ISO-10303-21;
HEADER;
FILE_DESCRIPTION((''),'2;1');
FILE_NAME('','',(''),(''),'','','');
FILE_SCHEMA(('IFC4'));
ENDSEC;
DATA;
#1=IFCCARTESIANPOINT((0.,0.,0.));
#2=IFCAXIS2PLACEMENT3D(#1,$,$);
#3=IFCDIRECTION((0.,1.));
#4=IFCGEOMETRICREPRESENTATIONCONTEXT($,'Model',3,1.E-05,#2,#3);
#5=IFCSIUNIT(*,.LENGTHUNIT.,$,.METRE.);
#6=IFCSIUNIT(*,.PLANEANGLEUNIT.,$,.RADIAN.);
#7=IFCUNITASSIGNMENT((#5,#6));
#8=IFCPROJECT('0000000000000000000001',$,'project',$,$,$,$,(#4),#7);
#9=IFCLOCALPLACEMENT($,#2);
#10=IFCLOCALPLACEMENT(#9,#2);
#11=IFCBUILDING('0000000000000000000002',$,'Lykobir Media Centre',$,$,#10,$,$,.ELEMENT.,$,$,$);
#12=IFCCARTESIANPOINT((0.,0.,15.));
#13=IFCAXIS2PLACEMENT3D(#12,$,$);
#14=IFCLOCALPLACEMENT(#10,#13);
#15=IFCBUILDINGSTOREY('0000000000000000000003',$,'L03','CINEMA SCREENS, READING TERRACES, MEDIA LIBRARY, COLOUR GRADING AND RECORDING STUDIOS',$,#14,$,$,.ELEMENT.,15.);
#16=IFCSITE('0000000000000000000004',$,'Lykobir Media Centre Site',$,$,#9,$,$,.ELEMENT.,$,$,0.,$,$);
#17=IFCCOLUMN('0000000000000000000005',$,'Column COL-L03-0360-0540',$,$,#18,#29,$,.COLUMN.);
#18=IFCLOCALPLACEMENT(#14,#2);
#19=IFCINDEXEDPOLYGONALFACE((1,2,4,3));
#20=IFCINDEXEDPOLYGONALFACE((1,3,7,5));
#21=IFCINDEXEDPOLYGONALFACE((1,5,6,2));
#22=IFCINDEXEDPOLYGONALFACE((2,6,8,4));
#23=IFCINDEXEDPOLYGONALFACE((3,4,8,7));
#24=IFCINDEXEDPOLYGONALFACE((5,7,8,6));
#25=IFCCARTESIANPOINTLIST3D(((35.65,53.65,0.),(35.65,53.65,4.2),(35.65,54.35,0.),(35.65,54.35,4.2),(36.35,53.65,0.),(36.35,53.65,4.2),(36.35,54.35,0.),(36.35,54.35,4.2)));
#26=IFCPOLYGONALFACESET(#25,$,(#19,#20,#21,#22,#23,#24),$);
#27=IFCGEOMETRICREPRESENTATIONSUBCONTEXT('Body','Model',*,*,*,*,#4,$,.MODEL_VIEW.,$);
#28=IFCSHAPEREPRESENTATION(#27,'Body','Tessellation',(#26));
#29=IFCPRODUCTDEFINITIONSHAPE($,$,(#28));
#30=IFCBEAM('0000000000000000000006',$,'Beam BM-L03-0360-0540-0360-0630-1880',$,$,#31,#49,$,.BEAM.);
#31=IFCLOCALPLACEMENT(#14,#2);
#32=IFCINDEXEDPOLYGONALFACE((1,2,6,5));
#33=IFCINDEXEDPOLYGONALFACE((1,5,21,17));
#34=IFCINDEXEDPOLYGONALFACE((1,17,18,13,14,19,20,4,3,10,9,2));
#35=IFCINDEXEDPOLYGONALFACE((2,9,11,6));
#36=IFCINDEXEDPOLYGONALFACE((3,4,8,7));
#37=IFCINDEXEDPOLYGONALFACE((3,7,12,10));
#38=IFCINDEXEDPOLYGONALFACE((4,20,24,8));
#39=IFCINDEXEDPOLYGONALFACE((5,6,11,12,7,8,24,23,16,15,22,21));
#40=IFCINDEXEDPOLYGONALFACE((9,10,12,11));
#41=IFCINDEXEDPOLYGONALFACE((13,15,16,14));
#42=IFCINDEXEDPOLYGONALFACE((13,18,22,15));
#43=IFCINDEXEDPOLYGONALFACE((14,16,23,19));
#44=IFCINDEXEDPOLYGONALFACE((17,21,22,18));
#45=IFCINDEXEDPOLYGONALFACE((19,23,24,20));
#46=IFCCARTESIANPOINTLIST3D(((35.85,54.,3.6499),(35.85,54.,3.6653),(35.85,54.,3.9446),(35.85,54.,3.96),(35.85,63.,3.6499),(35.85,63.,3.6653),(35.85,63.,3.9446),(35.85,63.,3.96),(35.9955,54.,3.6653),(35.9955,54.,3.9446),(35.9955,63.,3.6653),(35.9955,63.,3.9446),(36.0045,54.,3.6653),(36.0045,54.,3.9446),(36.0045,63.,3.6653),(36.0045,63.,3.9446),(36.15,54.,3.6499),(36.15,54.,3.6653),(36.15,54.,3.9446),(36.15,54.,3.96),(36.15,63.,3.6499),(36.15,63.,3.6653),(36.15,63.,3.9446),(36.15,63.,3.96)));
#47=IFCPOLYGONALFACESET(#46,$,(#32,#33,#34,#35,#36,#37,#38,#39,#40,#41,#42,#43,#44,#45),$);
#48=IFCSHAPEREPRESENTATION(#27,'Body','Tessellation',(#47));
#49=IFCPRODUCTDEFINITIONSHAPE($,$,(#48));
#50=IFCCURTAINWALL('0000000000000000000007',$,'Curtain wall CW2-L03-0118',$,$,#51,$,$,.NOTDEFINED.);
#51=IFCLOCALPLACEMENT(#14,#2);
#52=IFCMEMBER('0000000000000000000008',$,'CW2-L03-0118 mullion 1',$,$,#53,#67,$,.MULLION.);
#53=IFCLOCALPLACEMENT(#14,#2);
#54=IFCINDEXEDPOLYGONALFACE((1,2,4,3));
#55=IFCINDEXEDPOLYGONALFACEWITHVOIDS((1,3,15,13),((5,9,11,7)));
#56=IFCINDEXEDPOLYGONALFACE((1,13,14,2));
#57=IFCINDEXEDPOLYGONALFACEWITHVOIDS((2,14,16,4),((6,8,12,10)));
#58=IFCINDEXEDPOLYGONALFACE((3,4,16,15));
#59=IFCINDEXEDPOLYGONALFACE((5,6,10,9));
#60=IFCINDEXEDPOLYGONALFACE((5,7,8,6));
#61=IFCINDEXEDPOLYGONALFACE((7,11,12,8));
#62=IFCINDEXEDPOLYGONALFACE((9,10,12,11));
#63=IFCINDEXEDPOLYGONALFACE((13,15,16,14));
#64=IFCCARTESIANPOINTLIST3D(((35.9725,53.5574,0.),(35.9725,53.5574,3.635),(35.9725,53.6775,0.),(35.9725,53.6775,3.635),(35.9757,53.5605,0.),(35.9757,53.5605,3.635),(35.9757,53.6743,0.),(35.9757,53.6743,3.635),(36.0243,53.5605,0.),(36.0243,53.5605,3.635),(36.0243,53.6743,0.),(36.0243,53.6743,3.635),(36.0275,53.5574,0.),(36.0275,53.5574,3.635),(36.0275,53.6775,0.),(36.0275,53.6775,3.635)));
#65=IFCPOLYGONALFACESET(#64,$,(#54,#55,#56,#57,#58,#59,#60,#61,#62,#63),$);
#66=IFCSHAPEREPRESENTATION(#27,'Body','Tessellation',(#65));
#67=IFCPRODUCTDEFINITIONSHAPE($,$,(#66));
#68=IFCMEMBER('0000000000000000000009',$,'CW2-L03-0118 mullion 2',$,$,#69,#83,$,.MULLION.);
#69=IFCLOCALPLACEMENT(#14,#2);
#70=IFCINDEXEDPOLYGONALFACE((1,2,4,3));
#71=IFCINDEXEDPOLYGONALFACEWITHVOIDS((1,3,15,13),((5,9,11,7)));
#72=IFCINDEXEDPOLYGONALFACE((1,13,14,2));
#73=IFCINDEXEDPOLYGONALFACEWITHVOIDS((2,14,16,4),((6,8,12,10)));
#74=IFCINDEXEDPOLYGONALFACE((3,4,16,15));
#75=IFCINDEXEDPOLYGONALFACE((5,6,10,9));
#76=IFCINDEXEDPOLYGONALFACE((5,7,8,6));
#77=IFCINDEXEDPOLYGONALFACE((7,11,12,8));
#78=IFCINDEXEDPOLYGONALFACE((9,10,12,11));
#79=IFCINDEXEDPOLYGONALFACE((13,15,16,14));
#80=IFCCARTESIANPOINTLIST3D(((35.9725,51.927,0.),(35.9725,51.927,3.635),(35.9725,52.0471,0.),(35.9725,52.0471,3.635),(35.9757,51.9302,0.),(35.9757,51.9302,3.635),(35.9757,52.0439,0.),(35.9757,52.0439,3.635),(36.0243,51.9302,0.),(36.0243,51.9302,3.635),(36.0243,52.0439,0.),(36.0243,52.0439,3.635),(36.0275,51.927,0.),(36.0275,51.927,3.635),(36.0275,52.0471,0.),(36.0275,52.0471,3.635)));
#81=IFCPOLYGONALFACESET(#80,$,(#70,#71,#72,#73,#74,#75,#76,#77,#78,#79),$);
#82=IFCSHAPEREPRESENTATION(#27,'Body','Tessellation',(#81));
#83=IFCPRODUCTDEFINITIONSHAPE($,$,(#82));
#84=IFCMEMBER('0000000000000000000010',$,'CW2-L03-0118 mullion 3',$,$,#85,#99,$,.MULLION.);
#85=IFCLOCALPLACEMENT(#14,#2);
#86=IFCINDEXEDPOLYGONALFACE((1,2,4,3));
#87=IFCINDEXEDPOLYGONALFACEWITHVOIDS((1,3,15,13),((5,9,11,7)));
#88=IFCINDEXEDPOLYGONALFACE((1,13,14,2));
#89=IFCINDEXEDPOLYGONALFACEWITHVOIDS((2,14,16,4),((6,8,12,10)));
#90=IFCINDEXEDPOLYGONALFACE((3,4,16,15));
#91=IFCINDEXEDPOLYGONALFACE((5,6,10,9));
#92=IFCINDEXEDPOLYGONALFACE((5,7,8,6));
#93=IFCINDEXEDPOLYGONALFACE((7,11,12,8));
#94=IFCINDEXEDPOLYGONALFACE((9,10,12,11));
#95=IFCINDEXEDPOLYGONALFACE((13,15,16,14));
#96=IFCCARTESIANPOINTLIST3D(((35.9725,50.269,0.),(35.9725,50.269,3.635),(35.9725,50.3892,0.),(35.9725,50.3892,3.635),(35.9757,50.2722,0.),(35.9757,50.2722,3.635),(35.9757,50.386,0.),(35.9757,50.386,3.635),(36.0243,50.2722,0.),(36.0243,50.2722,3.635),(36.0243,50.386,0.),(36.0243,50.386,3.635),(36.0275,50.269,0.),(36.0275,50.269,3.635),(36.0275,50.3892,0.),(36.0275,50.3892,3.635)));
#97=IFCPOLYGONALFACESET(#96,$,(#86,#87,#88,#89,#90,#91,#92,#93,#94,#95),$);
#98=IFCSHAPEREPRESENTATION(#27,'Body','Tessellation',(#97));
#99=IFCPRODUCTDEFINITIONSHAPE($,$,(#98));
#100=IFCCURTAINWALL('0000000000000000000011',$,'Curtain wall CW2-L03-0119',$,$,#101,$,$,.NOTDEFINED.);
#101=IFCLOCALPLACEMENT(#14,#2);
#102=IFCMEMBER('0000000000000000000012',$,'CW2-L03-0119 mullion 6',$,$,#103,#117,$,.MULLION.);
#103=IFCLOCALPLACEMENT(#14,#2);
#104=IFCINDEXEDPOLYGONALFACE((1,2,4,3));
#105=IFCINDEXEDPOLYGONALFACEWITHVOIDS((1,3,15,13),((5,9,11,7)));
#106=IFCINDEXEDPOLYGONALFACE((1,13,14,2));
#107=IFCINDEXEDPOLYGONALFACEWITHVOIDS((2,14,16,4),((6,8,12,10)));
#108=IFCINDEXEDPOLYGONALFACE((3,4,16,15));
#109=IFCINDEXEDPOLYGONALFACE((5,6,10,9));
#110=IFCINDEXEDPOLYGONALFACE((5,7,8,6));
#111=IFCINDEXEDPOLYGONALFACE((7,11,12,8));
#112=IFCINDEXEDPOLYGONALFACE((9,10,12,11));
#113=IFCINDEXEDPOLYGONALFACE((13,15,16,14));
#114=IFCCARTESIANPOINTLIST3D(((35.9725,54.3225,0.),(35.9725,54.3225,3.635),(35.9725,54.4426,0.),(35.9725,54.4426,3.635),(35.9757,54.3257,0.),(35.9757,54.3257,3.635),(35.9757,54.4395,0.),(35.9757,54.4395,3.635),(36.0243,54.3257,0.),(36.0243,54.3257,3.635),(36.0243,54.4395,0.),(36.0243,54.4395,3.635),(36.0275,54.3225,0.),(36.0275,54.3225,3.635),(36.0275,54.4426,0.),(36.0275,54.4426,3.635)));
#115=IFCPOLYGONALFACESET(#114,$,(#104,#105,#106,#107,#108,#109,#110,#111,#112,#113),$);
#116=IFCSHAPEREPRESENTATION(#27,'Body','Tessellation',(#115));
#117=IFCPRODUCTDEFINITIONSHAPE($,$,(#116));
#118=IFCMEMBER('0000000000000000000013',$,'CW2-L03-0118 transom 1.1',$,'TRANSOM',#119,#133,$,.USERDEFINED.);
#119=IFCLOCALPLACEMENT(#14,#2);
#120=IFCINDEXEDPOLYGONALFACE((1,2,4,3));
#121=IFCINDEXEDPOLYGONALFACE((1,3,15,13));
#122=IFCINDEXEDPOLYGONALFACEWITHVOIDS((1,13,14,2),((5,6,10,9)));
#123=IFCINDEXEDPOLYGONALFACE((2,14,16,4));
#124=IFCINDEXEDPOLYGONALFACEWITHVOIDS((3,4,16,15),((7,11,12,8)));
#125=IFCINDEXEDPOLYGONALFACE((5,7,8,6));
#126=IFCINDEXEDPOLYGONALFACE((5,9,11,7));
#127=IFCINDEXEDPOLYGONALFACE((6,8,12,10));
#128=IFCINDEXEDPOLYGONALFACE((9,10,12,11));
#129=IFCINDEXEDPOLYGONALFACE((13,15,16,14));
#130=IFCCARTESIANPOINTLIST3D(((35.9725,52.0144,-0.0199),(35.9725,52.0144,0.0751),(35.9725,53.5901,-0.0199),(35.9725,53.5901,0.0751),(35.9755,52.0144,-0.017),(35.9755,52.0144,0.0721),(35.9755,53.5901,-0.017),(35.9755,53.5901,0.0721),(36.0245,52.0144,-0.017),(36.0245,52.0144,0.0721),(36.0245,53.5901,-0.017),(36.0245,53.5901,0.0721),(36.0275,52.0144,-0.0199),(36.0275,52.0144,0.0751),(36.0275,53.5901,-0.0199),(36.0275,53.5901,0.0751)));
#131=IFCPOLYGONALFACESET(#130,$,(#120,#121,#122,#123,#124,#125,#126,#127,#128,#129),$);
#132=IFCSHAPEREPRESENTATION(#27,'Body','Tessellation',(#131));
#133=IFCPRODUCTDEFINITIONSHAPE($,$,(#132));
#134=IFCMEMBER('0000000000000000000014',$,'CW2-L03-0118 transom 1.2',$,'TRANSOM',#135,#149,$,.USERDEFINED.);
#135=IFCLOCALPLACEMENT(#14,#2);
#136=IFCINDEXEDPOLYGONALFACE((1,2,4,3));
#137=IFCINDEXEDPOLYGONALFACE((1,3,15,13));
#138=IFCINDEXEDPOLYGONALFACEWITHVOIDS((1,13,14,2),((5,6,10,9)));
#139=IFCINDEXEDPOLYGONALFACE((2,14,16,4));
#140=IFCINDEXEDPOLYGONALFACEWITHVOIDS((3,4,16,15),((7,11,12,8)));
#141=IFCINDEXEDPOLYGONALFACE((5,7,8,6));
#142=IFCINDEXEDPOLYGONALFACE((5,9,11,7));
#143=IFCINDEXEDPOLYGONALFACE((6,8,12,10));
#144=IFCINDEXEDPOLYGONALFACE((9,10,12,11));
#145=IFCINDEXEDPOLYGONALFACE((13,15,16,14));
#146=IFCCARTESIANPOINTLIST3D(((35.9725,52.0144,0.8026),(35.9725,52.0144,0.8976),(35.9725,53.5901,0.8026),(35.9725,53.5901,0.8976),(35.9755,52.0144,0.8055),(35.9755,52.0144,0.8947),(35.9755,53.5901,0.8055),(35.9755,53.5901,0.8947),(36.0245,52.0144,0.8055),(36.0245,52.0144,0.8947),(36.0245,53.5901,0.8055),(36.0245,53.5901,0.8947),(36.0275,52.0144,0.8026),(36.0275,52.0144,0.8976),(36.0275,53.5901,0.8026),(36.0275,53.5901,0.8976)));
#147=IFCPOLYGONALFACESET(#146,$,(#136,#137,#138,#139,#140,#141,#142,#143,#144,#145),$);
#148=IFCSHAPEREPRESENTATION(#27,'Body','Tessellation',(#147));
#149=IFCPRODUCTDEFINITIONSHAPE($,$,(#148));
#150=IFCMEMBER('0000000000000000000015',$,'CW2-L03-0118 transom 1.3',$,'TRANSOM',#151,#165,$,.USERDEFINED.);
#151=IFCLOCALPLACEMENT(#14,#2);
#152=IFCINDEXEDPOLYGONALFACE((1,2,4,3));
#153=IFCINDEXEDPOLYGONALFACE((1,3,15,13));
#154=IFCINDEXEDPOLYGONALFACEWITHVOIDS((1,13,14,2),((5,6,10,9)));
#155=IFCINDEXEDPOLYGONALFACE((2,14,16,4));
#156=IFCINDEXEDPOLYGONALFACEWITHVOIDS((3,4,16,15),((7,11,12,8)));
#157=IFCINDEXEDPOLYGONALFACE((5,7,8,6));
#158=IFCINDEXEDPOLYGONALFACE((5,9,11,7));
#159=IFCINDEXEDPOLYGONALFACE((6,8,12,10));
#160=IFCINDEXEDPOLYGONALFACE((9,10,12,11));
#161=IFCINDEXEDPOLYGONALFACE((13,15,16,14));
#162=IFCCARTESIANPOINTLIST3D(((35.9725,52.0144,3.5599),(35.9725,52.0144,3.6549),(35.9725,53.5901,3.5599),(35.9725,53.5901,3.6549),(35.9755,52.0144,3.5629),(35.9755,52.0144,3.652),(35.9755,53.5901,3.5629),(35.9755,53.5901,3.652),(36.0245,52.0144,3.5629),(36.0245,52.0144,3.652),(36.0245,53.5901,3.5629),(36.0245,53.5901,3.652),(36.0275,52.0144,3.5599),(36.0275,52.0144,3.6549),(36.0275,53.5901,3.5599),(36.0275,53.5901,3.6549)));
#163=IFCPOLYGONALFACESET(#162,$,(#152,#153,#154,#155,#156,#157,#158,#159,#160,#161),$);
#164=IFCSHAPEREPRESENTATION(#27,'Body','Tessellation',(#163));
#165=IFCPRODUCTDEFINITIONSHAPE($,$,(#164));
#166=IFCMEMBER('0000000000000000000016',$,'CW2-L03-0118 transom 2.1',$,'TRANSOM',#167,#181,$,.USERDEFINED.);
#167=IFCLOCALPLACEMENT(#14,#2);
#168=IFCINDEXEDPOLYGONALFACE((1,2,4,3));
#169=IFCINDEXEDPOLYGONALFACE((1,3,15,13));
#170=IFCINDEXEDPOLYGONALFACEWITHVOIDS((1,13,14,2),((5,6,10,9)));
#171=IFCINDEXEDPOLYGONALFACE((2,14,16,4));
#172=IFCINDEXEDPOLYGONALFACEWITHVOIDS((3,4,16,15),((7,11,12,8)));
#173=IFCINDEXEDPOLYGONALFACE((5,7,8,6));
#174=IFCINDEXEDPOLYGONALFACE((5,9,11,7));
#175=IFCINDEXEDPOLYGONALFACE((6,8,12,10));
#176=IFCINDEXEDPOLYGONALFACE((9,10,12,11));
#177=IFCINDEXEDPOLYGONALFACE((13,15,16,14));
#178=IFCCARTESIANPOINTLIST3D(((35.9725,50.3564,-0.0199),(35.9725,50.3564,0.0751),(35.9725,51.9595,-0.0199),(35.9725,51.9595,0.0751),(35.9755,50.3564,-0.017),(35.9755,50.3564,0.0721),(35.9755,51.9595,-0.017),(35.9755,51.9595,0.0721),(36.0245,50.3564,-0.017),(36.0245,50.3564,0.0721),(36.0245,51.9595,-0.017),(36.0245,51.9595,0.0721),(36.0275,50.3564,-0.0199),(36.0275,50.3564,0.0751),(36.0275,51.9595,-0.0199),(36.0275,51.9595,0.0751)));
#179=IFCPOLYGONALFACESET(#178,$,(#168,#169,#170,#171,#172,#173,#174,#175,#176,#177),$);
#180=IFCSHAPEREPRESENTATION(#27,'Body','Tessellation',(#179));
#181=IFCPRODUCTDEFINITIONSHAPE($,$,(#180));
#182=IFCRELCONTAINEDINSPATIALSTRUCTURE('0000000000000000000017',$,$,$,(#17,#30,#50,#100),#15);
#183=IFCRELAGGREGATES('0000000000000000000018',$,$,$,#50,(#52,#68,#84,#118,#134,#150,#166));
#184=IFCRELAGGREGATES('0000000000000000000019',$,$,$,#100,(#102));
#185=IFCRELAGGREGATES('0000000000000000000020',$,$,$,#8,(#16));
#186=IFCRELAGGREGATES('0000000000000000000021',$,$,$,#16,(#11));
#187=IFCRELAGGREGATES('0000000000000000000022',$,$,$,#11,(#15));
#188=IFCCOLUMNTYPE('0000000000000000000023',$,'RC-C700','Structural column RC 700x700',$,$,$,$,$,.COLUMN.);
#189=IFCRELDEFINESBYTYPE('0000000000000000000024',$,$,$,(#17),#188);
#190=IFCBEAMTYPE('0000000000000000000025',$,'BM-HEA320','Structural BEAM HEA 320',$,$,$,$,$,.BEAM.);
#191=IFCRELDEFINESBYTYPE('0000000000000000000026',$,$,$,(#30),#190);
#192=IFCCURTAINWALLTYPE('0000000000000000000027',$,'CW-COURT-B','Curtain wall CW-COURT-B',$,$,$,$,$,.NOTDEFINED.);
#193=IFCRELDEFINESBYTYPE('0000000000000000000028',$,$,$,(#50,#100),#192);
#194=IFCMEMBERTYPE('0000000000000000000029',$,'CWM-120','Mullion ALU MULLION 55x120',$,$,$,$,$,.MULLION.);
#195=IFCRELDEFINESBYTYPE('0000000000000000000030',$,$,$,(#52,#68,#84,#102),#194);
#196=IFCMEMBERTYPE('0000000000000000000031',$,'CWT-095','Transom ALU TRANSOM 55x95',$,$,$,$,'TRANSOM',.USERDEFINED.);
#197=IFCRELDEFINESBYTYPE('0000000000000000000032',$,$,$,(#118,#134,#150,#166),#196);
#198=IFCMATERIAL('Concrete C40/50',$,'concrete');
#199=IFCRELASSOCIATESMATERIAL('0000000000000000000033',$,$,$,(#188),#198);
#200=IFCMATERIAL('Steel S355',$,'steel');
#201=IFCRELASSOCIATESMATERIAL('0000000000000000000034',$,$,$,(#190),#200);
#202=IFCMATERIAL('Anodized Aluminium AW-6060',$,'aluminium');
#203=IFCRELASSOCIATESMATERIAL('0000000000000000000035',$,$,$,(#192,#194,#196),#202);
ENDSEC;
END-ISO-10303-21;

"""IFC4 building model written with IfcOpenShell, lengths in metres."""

from ifc_helpers import new_model, si_unit, direction, frame, origin, origin_2d, place, context, subcontext, project, spatial, rectangle, hollow_rectangle, i_section, extrude, material, material_profile, profile_set, type_object, element, aggregate, save


model = new_model("IFC4")

# Units and contexts
model_context = context("Model", 3, precision=1e-05, world=origin(), true_north=direction((0.0, 1.0)))
body_context = subcontext(model_context, "Body", "Model", "MODEL_VIEW")
ifc_project = project(units=[si_unit("LENGTHUNIT", "METRE"), si_unit("PLANEANGLEUNIT", "RADIAN")], contexts=[model_context])

# Site, building, storey
site_placement = place(None, origin())
site = spatial("IfcSite", under=ifc_project, at=site_placement, Name="Lykobir Media Centre Site", CompositionType="ELEMENT", RefElevation=0.0)
building_placement = place(site_placement, origin())
building = spatial("IfcBuilding", under=site, at=building_placement, Name="Lykobir Media Centre", CompositionType="ELEMENT")
storey_placement = place(building_placement, frame((0.0, 0.0, 15.0)))
storey = spatial("IfcBuildingStorey", under=building, at=storey_placement, Name="L03", Description="CINEMA SCREENS, READING TERRACES, MEDIA LIBRARY, COLOUR GRADING AND RECORDING STUDIOS", CompositionType="ELEMENT", Elevation=15.0)

# Column
ifc_material_1 = material(Name="Concrete C40/50", Category="concrete")
ifc_material_profile_1 = material_profile(ifc_material_1, rectangle(XDim=0.7, YDim=0.7, at=origin_2d()), Name="RC 700x700")
ifc_profile_set_1 = profile_set([ifc_material_profile_1], Name="Concrete C40/50")
column_type = type_object("IfcColumnType", Name="RC-C700", Description="Structural column RC 700x700", PredefinedType="COLUMN", material=ifc_profile_set_1)
column_placement = place(storey_placement, frame((36.0, 54.0, 0.0), z_axis=(0.0, 0.0, 1.0), x_axis=(1.0, 0.0, 0.0)))
element("IfcColumn", 1, at=column_placement, inside=storey, type_object=column_type, Name="Column COL-L03-0360-0540", PredefinedType="COLUMN", context=body_context, shape_type="SweptSolid", body=[
    extrude(rectangle(XDim=0.7, YDim=0.7, at=origin_2d()), origin(), (0.0, 0.0, 1.0), 4.2),
])

# Beam
ifc_material_2 = material(Name="Steel S355", Category="steel")
ifc_material_profile_2 = material_profile(ifc_material_2, i_section(OverallWidth=0.3, OverallDepth=0.3101, WebThickness=0.009, FlangeThickness=0.0154, at=origin_2d()), Name="HEA 320")
ifc_profile_set_2 = profile_set([ifc_material_profile_2], Name="Steel S355")
beam_type_1 = type_object("IfcBeamType", Name="BM-HEA320", Description="Structural BEAM HEA 320", PredefinedType="BEAM", material=ifc_profile_set_2)
beam_1_placement = place(storey_placement, frame((36.0, 54.0, 3.8049), z_axis=(0.0, 1.0, 0.0), x_axis=(-1.0, 0.0, 0.0)))
element("IfcBeam", 2, at=beam_1_placement, inside=storey, type_object=beam_type_1, Name="Beam BM-L03-0360-0540-0360-0630-1880", PredefinedType="BEAM", context=body_context, shape_type="SweptSolid", body=[
    extrude(i_section(OverallWidth=0.3, OverallDepth=0.3101, WebThickness=0.009, FlangeThickness=0.0154, at=origin_2d()), origin(), (0.0, 0.0, 1.0), 9.0),
])

# Curtain wall, members
ifc_material_3 = material(Name="Anodized Aluminium AW-6060", Category="aluminium")
curtain_wall_type = type_object("IfcCurtainWallType", Name="CW-COURT-B", Description="Curtain wall CW-COURT-B", PredefinedType="NOTDEFINED", material=ifc_material_3)
curtain_wall_1_placement = place(storey_placement, origin())
curtain_wall_1 = element("IfcCurtainWall", 3, at=curtain_wall_1_placement, inside=storey, type_object=curtain_wall_type, Name="Curtain wall CW2-L03-0118", PredefinedType="NOTDEFINED")
ifc_material_profile_3 = material_profile(ifc_material_3, hollow_rectangle(XDim=0.0549, YDim=0.1201, WallThickness=0.0032, at=origin_2d()), Name="ALU MULLION 55x120")
ifc_profile_set_3 = profile_set([ifc_material_profile_3], Name="Anodized Aluminium AW-6060")
member_type_1 = type_object("IfcMemberType", Name="CWM-120", Description="Mullion ALU MULLION 55x120", PredefinedType="MULLION", material=ifc_profile_set_3)
member_1_placement = place(storey_placement, frame((36.0, 53.6174, 0.0), z_axis=(0.0, 0.0, 1.0), x_axis=(1.0, 0.0, 0.0)))
member_1 = element("IfcMember", 4, at=member_1_placement, type_object=member_type_1, Name="CW2-L03-0118 mullion 1", PredefinedType="MULLION", context=body_context, shape_type="SweptSolid", body=[
    extrude(hollow_rectangle(XDim=0.0549, YDim=0.1201, WallThickness=0.0032, at=origin_2d()), origin(), (0.0, 0.0, 1.0), 3.635),
])
member_2_placement = place(storey_placement, frame((36.0, 51.9871, 0.0), z_axis=(0.0, 0.0, 1.0), x_axis=(1.0, 0.0, 0.0)))
member_2 = element("IfcMember", 5, at=member_2_placement, type_object=member_type_1, Name="CW2-L03-0118 mullion 2", PredefinedType="MULLION", context=body_context, shape_type="SweptSolid", body=[
    extrude(hollow_rectangle(XDim=0.0549, YDim=0.1201, WallThickness=0.0032, at=origin_2d()), origin(), (0.0, 0.0, 1.0), 3.635),
])
member_3_placement = place(storey_placement, frame((36.0, 50.3291, 0.0), z_axis=(0.0, 0.0, 1.0), x_axis=(1.0, 0.0, 0.0)))
member_3 = element("IfcMember", 6, at=member_3_placement, type_object=member_type_1, Name="CW2-L03-0118 mullion 3", PredefinedType="MULLION", context=body_context, shape_type="SweptSolid", body=[
    extrude(hollow_rectangle(XDim=0.0549, YDim=0.1201, WallThickness=0.0032, at=origin_2d()), origin(), (0.0, 0.0, 1.0), 3.635),
])

# Curtain wall, member
curtain_wall_2_placement = place(storey_placement, origin())
curtain_wall_2 = element("IfcCurtainWall", 7, at=curtain_wall_2_placement, inside=storey, type_object=curtain_wall_type, Name="Curtain wall CW2-L03-0119", PredefinedType="NOTDEFINED")
member_4_placement = place(storey_placement, frame((36.0, 54.3826, 0.0), z_axis=(0.0, 0.0, 1.0), x_axis=(1.0, 0.0, 0.0)))
member_4 = element("IfcMember", 8, at=member_4_placement, type_object=member_type_1, Name="CW2-L03-0119 mullion 6", PredefinedType="MULLION", context=body_context, shape_type="SweptSolid", body=[
    extrude(hollow_rectangle(XDim=0.0549, YDim=0.1201, WallThickness=0.0032, at=origin_2d()), origin(), (0.0, 0.0, 1.0), 3.635),
])

# Members
ifc_material_profile_4 = material_profile(ifc_material_3, hollow_rectangle(XDim=0.0549, YDim=0.095, WallThickness=0.0029, at=origin_2d()), Name="ALU TRANSOM 55x95")
ifc_profile_set_4 = profile_set([ifc_material_profile_4], Name="Anodized Aluminium AW-6060")
member_type_2 = type_object("IfcMemberType", Name="CWT-095", Description="Transom ALU TRANSOM 55x95", ElementType="TRANSOM", PredefinedType="USERDEFINED", material=ifc_profile_set_4)
member_5_placement = place(storey_placement, frame((36.0, 53.5901, 0.0276), z_axis=(0.0, -1.0, 0.0), x_axis=(1.0, 0.0, 0.0)))
member_5 = element("IfcMember", 9, at=member_5_placement, type_object=member_type_2, Name="CW2-L03-0118 transom 1.1", ObjectType="TRANSOM", PredefinedType="USERDEFINED", context=body_context, shape_type="SweptSolid", body=[
    extrude(hollow_rectangle(XDim=0.0549, YDim=0.095, WallThickness=0.0029, at=origin_2d()), origin(), (0.0, 0.0, 1.0), 1.5757),
])
member_6_placement = place(storey_placement, frame((36.0, 53.5901, 0.8501), z_axis=(0.0, -1.0, 0.0), x_axis=(1.0, 0.0, 0.0)))
member_6 = element("IfcMember", 10, at=member_6_placement, type_object=member_type_2, Name="CW2-L03-0118 transom 1.2", ObjectType="TRANSOM", PredefinedType="USERDEFINED", context=body_context, shape_type="SweptSolid", body=[
    extrude(hollow_rectangle(XDim=0.0549, YDim=0.095, WallThickness=0.0029, at=origin_2d()), origin(), (0.0, 0.0, 1.0), 1.5757),
])
member_7_placement = place(storey_placement, frame((36.0, 53.5901, 3.6074), z_axis=(0.0, -1.0, 0.0), x_axis=(1.0, 0.0, 0.0)))
member_7 = element("IfcMember", 11, at=member_7_placement, type_object=member_type_2, Name="CW2-L03-0118 transom 1.3", ObjectType="TRANSOM", PredefinedType="USERDEFINED", context=body_context, shape_type="SweptSolid", body=[
    extrude(hollow_rectangle(XDim=0.0549, YDim=0.095, WallThickness=0.0029, at=origin_2d()), origin(), (0.0, 0.0, 1.0), 1.5757),
])
member_8_placement = place(storey_placement, frame((36.0, 51.9595, 0.0276), z_axis=(0.0, -1.0, 0.0), x_axis=(1.0, 0.0, 0.0)))
member_8 = element("IfcMember", 12, at=member_8_placement, type_object=member_type_2, Name="CW2-L03-0118 transom 2.1", ObjectType="TRANSOM", PredefinedType="USERDEFINED", context=body_context, shape_type="SweptSolid", body=[
    extrude(hollow_rectangle(XDim=0.0549, YDim=0.095, WallThickness=0.0029, at=origin_2d()), origin(), (0.0, 0.0, 1.0), 1.603),
])

aggregate(curtain_wall_1, [member_1, member_2, member_3, member_5, member_6, member_7, member_8])
aggregate(curtain_wall_2, [member_4])

save(model, "model.ifc")
